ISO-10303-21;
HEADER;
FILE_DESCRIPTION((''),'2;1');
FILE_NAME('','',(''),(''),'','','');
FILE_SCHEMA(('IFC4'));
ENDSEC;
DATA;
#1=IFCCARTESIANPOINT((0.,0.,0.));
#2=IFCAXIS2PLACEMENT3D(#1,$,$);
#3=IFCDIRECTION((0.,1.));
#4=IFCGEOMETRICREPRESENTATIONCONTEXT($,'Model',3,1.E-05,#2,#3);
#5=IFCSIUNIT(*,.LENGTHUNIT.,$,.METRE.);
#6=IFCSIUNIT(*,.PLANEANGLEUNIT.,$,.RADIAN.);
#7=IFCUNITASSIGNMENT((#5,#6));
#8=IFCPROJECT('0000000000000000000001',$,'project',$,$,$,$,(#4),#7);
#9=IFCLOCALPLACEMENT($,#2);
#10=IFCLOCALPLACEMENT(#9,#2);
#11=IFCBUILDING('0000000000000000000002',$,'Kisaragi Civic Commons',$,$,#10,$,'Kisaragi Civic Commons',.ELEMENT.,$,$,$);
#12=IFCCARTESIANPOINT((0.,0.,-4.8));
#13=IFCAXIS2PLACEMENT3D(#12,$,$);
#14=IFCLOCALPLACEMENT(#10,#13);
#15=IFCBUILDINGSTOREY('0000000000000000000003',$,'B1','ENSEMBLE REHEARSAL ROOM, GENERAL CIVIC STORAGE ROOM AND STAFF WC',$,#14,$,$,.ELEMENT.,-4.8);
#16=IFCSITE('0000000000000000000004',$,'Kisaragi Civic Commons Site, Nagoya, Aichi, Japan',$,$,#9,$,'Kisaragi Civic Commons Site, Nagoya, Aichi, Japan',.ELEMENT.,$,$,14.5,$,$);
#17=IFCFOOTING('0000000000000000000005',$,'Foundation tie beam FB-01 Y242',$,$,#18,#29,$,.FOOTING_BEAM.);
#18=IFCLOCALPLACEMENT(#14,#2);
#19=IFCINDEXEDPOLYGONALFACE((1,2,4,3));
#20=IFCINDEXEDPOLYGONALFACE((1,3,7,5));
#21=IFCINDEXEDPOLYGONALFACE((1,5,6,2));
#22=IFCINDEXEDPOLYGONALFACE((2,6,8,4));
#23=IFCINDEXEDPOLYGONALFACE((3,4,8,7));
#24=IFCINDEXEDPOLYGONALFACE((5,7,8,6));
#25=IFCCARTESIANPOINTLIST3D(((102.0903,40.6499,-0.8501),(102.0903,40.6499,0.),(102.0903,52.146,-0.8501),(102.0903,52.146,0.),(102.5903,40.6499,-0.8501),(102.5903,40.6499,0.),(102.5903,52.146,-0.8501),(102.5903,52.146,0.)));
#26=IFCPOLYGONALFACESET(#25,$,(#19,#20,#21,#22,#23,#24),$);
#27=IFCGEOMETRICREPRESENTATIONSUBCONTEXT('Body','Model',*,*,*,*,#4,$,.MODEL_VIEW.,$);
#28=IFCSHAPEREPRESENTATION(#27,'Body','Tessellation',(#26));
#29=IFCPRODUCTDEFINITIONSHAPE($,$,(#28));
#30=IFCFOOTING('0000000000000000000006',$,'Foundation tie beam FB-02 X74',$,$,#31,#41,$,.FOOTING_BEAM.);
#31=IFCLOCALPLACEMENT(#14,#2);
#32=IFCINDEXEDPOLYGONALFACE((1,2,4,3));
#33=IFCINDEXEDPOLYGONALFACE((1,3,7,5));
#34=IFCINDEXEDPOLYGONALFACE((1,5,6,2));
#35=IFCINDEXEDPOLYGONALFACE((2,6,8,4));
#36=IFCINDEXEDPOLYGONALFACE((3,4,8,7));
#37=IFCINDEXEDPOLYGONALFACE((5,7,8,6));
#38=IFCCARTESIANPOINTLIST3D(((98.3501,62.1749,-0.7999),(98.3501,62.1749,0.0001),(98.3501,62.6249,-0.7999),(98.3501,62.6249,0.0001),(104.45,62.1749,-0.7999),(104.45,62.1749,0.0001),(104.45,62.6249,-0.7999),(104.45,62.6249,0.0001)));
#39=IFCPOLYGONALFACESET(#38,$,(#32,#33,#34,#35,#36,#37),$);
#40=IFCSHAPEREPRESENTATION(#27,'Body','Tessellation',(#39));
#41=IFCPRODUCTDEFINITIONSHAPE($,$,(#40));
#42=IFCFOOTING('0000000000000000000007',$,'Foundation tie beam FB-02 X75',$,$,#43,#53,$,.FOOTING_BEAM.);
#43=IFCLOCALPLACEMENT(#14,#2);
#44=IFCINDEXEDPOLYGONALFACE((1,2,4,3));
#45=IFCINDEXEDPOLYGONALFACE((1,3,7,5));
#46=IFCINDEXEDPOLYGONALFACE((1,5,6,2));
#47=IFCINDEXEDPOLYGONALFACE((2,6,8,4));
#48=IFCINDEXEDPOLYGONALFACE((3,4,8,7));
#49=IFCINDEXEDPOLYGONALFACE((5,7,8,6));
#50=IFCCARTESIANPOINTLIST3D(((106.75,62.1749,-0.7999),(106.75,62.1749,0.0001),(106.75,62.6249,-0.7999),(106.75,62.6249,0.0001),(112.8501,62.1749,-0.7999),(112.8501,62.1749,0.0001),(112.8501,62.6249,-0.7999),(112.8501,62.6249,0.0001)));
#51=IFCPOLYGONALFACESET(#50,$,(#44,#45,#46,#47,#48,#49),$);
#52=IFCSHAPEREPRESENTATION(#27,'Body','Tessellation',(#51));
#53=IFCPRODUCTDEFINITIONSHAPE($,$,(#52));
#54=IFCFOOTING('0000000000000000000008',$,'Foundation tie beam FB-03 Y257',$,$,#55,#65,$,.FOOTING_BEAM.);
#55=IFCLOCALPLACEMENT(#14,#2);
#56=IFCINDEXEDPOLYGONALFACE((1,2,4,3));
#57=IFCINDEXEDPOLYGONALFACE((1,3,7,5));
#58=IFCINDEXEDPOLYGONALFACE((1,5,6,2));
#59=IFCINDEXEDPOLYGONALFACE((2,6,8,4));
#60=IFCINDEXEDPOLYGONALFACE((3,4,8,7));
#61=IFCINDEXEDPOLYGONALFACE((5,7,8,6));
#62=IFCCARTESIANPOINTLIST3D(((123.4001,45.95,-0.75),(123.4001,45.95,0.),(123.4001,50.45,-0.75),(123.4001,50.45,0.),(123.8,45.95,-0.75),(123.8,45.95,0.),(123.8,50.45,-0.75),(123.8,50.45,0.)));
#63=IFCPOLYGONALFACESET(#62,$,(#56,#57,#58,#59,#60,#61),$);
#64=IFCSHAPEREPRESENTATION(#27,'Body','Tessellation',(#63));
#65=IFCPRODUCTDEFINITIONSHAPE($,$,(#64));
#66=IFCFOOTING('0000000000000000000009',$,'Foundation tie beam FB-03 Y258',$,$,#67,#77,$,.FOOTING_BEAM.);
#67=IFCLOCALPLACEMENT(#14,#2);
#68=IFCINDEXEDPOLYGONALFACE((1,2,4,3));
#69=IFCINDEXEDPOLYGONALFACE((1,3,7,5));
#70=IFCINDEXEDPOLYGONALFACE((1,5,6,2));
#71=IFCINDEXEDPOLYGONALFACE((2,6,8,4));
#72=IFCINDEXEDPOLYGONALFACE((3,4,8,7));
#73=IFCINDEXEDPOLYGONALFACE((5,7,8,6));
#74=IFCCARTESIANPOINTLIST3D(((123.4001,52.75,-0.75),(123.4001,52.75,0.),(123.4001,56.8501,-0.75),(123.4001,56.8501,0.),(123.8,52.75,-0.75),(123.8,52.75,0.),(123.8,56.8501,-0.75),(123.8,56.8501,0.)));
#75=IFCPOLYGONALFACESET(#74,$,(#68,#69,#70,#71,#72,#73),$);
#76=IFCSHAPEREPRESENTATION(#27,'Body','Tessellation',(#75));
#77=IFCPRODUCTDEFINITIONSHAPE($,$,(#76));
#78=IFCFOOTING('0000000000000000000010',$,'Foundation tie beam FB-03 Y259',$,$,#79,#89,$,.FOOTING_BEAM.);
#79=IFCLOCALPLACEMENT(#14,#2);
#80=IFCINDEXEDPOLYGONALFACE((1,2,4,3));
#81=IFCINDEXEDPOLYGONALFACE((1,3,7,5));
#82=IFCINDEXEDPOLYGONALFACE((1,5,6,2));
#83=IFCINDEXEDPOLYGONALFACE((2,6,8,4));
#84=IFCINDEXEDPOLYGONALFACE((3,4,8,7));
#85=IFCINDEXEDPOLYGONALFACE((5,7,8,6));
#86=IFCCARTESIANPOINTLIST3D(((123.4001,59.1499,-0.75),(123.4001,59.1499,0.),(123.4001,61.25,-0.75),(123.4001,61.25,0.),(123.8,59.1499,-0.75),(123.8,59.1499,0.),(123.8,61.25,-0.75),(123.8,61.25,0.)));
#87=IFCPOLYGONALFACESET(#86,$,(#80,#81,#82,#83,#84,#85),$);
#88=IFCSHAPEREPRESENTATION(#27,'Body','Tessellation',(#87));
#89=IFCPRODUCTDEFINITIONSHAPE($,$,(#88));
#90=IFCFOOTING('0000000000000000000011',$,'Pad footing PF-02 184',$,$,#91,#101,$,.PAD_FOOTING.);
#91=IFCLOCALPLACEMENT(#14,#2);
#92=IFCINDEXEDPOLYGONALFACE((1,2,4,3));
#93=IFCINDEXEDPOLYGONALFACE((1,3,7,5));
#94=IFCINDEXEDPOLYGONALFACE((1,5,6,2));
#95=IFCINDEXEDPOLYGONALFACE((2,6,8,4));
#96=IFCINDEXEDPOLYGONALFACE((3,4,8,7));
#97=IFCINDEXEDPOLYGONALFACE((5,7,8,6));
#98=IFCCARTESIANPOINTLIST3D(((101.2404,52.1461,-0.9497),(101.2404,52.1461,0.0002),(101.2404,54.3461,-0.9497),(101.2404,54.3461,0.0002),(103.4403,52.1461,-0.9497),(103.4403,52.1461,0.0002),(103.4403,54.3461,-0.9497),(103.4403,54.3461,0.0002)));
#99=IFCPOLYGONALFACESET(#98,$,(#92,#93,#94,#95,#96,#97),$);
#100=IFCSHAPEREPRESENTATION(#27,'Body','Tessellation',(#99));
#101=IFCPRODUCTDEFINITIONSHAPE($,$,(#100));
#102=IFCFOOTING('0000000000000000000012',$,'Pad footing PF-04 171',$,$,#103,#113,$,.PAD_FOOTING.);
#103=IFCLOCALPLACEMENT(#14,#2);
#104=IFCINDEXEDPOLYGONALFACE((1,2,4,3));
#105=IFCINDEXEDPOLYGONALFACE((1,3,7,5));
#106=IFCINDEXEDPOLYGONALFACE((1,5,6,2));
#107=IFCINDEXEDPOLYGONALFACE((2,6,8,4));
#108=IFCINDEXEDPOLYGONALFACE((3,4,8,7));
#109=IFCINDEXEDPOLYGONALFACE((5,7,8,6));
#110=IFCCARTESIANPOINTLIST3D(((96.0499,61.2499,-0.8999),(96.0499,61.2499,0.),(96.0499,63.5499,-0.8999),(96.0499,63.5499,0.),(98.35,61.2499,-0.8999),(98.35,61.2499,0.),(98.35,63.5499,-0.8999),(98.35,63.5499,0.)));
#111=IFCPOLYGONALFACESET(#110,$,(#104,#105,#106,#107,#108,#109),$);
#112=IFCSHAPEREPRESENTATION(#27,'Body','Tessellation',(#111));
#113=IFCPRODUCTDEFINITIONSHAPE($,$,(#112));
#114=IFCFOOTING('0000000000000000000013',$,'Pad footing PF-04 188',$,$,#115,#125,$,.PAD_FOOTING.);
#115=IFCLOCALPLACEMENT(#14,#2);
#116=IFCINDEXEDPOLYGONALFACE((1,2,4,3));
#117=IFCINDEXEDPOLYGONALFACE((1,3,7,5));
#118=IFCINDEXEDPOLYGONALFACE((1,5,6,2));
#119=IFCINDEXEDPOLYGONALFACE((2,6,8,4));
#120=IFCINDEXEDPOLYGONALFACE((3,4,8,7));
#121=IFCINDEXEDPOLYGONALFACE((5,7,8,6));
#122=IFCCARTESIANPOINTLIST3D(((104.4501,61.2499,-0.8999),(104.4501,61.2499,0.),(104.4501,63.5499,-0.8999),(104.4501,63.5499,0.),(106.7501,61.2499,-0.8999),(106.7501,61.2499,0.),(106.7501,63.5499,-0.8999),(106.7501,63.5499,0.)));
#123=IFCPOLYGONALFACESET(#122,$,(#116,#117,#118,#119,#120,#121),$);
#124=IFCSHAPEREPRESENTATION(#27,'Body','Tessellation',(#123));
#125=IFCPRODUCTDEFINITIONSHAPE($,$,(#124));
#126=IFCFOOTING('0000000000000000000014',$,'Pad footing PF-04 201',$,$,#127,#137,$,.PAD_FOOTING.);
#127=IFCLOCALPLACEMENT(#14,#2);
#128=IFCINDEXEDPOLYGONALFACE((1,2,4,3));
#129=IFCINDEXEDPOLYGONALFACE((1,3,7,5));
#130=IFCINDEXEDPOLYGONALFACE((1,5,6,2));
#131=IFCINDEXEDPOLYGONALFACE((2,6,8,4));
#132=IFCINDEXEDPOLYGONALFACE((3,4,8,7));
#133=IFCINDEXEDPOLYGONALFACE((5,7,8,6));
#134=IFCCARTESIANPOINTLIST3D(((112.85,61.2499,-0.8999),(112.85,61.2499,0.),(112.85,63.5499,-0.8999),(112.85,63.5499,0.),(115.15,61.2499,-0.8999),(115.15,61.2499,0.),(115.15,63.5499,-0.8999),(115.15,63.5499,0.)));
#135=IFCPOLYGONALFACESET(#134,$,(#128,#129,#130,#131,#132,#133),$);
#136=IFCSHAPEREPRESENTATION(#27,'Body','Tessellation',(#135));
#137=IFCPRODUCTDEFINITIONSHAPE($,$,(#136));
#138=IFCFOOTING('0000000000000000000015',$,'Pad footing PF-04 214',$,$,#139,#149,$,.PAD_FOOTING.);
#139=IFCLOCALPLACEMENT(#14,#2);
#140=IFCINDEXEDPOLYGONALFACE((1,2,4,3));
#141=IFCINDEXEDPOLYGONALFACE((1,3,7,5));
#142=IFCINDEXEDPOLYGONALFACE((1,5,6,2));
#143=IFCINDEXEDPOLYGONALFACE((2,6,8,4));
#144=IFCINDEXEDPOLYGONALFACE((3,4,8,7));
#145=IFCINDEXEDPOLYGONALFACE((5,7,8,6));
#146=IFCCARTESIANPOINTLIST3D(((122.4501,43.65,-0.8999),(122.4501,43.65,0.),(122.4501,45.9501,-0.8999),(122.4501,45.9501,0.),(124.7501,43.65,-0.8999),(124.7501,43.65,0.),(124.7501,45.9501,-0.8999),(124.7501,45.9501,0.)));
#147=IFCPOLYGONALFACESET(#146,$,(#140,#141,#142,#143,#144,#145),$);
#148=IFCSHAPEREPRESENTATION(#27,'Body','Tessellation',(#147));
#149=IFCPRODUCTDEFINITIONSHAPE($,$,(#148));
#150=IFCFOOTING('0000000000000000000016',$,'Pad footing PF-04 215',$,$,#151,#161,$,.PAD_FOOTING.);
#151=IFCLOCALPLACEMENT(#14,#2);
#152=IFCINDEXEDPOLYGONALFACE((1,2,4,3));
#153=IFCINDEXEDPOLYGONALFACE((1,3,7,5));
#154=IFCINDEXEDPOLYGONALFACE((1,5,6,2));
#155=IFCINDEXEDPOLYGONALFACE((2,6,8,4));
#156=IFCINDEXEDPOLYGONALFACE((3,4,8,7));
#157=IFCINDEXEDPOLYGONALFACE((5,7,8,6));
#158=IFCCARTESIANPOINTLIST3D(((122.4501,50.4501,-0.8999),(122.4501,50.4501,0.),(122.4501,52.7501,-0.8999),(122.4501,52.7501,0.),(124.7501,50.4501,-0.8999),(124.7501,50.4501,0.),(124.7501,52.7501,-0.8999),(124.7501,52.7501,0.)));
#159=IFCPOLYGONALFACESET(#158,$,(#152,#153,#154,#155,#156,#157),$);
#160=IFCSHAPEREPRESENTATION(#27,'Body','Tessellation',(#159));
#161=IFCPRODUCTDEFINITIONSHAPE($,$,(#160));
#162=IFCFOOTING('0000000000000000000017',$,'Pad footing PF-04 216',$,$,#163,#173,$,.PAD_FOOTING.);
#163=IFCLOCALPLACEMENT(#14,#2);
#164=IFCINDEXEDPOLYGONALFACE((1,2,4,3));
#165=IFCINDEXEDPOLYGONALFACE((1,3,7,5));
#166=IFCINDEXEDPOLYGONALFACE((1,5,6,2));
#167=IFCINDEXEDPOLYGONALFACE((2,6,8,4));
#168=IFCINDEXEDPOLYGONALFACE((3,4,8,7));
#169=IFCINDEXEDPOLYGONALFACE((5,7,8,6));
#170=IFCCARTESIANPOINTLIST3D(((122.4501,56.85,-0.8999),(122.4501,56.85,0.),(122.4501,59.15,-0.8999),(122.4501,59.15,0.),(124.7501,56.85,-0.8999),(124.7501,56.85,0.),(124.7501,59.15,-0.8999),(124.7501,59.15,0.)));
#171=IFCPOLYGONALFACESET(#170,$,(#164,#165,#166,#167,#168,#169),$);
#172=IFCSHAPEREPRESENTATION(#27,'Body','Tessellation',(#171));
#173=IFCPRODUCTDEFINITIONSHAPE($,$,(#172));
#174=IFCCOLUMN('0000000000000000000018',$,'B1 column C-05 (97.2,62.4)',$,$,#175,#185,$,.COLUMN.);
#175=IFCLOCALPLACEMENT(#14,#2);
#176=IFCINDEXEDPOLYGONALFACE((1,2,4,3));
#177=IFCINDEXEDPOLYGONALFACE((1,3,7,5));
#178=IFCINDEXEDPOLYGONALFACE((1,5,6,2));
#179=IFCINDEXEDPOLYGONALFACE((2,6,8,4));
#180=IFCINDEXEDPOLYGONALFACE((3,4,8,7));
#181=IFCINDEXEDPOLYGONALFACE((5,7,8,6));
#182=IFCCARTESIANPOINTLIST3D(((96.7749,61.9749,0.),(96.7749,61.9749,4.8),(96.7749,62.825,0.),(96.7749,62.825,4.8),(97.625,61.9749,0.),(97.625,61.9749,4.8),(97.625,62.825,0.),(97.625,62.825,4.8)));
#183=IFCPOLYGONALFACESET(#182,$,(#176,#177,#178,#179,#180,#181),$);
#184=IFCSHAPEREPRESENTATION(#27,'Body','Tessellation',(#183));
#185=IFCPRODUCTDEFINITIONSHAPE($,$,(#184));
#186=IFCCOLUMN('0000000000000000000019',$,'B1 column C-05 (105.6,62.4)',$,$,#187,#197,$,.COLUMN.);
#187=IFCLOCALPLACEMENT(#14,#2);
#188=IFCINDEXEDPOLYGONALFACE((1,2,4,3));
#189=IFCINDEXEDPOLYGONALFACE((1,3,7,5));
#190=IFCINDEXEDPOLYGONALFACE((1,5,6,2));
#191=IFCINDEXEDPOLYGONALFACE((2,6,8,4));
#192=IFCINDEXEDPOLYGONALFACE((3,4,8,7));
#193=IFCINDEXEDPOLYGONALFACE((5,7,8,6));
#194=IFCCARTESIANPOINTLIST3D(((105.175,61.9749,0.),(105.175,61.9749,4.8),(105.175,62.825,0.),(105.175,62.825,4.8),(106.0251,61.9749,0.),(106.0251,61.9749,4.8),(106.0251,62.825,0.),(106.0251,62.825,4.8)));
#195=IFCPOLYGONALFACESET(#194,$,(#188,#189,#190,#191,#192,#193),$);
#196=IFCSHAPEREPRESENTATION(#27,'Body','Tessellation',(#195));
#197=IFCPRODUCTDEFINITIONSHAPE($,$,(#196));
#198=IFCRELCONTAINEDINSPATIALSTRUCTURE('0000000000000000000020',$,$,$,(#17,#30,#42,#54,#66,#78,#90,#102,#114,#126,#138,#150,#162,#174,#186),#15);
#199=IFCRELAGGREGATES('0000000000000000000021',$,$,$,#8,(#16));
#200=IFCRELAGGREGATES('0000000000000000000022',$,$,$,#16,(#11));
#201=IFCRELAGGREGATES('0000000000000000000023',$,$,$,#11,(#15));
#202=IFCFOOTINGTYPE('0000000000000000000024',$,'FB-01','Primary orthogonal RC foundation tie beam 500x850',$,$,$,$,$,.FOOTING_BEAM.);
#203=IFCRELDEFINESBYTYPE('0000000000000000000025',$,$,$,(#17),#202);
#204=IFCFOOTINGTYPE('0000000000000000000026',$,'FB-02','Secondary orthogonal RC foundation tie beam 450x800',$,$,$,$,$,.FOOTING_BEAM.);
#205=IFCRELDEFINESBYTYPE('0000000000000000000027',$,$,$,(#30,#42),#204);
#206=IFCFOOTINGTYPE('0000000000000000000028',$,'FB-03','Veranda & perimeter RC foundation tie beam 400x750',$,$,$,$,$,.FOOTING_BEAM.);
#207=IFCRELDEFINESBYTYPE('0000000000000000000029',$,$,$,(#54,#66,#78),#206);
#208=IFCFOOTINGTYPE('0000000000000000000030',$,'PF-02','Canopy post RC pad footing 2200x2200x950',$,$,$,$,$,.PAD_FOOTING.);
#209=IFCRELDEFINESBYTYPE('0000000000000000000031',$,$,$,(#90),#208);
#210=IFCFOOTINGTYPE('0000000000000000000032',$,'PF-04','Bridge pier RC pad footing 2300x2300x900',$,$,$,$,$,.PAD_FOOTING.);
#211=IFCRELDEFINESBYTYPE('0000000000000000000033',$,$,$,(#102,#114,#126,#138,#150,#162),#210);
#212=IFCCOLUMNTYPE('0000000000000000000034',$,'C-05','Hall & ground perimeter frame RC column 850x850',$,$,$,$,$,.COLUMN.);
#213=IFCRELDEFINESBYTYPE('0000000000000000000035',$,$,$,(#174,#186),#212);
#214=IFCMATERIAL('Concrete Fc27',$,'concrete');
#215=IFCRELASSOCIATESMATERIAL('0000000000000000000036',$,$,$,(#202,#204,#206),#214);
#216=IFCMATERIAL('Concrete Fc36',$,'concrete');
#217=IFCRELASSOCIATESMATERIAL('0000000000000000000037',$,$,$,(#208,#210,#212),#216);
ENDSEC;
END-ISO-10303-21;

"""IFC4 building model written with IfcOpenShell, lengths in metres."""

from ifc_helpers import new_model, si_unit, direction, frame, origin, origin_2d, place, context, subcontext, project, spatial, rectangle, extrude, material, material_profile, profile_set, type_object, element, save


model = new_model("IFC4")

# Units and contexts
model_context = context("Model", 3, precision=1e-05, world=origin(), true_north=direction((0.0, 1.0)))
body_context = subcontext(model_context, "Body", "Model", "MODEL_VIEW")
ifc_project = project(units=[si_unit("LENGTHUNIT", "METRE"), si_unit("PLANEANGLEUNIT", "RADIAN")], contexts=[model_context])

# Site, building, storey
site_placement = place(None, origin())
site = spatial("IfcSite", under=ifc_project, at=site_placement, Name="Kisaragi Civic Commons Site, Nagoya, Aichi, Japan", LongName="Kisaragi Civic Commons Site, Nagoya, Aichi, Japan", CompositionType="ELEMENT", RefElevation=14.5)
building_placement = place(site_placement, origin())
building = spatial("IfcBuilding", under=site, at=building_placement, Name="Kisaragi Civic Commons", LongName="Kisaragi Civic Commons", CompositionType="ELEMENT")
storey_placement = place(building_placement, frame((0.0, 0.0, -4.8)))
storey = spatial("IfcBuildingStorey", under=building, at=storey_placement, Name="B1", Description="ENSEMBLE REHEARSAL ROOM, GENERAL CIVIC STORAGE ROOM AND STAFF WC", CompositionType="ELEMENT", Elevation=-4.8)

# Footings
ifc_material_1 = material(Name="Concrete Fc27", Category="concrete")
ifc_material_profile_1 = material_profile(ifc_material_1, rectangle(XDim=0.5, YDim=0.8501, at=origin_2d()), Name="RC-500x850", Category="concrete")
ifc_profile_set_1 = profile_set([ifc_material_profile_1], Name="Concrete Fc27")
footing_type_1 = type_object("IfcFootingType", Name="FB-01", Description="Primary orthogonal RC foundation tie beam 500x850", PredefinedType="FOOTING_BEAM", material=ifc_profile_set_1)
footing_1_placement = place(storey_placement, frame((102.3403, 40.6499, -0.425), z_axis=(0.0, 1.0, 0.0), x_axis=(-1.0, 0.0, 0.0)))
element("IfcFooting", 1, at=footing_1_placement, inside=storey, type_object=footing_type_1, Name="Foundation tie beam FB-01 Y242", PredefinedType="FOOTING_BEAM", context=body_context, shape_type="SweptSolid", body=[
    extrude(rectangle(XDim=0.5, YDim=0.8501, at=origin_2d()), origin(), (0.0, 0.0, 1.0), 11.4961),
])
ifc_material_profile_2 = material_profile(ifc_material_1, rectangle(XDim=0.45, YDim=0.8, at=origin_2d()), Name="RC-450x800", Category="concrete")
ifc_profile_set_2 = profile_set([ifc_material_profile_2], Name="Concrete Fc27")
footing_type_2 = type_object("IfcFootingType", Name="FB-02", Description="Secondary orthogonal RC foundation tie beam 450x800", PredefinedType="FOOTING_BEAM", material=ifc_profile_set_2)
footing_2_placement = place(storey_placement, frame((98.3501, 62.3999, -0.3999), z_axis=(1.0, 0.0, 0.0), x_axis=(0.0, 1.0, 0.0)))
element("IfcFooting", 2, at=footing_2_placement, inside=storey, type_object=footing_type_2, Name="Foundation tie beam FB-02 X74", PredefinedType="FOOTING_BEAM", context=body_context, shape_type="SweptSolid", body=[
    extrude(rectangle(XDim=0.45, YDim=0.8, at=origin_2d()), origin(), (0.0, 0.0, 1.0), 6.0999),
])
footing_3_placement = place(storey_placement, frame((106.75, 62.3999, -0.3999), z_axis=(1.0, 0.0, 0.0), x_axis=(0.0, 1.0, 0.0)))
element("IfcFooting", 3, at=footing_3_placement, inside=storey, type_object=footing_type_2, Name="Foundation tie beam FB-02 X75", PredefinedType="FOOTING_BEAM", context=body_context, shape_type="SweptSolid", body=[
    extrude(rectangle(XDim=0.45, YDim=0.8, at=origin_2d()), origin(), (0.0, 0.0, 1.0), 6.1001),
])
ifc_material_profile_3 = material_profile(ifc_material_1, rectangle(XDim=0.3999, YDim=0.75, at=origin_2d()), Name="RC-400x750", Category="concrete")
ifc_profile_set_3 = profile_set([ifc_material_profile_3], Name="Concrete Fc27")
footing_type_3 = type_object("IfcFootingType", Name="FB-03", Description="Veranda & perimeter RC foundation tie beam 400x750", PredefinedType="FOOTING_BEAM", material=ifc_profile_set_3)
footing_4_placement = place(storey_placement, frame((123.6001, 45.95, -0.375), z_axis=(0.0, 1.0, 0.0), x_axis=(-1.0, 0.0, 0.0)))
element("IfcFooting", 4, at=footing_4_placement, inside=storey, type_object=footing_type_3, Name="Foundation tie beam FB-03 Y257", PredefinedType="FOOTING_BEAM", context=body_context, shape_type="SweptSolid", body=[
    extrude(rectangle(XDim=0.3999, YDim=0.75, at=origin_2d()), origin(), (0.0, 0.0, 1.0), 4.5),
])
footing_5_placement = place(storey_placement, frame((123.6001, 52.75, -0.375), z_axis=(0.0, 1.0, 0.0), x_axis=(-1.0, 0.0, 0.0)))
element("IfcFooting", 5, at=footing_5_placement, inside=storey, type_object=footing_type_3, Name="Foundation tie beam FB-03 Y258", PredefinedType="FOOTING_BEAM", context=body_context, shape_type="SweptSolid", body=[
    extrude(rectangle(XDim=0.3999, YDim=0.75, at=origin_2d()), origin(), (0.0, 0.0, 1.0), 4.1001),
])
footing_6_placement = place(storey_placement, frame((123.6001, 59.1499, -0.375), z_axis=(0.0, 1.0, 0.0), x_axis=(-1.0, 0.0, 0.0)))
element("IfcFooting", 6, at=footing_6_placement, inside=storey, type_object=footing_type_3, Name="Foundation tie beam FB-03 Y259", PredefinedType="FOOTING_BEAM", context=body_context, shape_type="SweptSolid", body=[
    extrude(rectangle(XDim=0.3999, YDim=0.75, at=origin_2d()), origin(), (0.0, 0.0, 1.0), 2.1001),
])
ifc_material_2 = material(Name="Concrete Fc36", Category="concrete")
footing_type_4 = type_object("IfcFootingType", Name="PF-02", Description="Canopy post RC pad footing 2200x2200x950", PredefinedType="PAD_FOOTING", material=ifc_material_2)
footing_7_placement = place(storey_placement, frame((102.3403, 53.2461, -0.9497), z_axis=(0.0, 0.0, 1.0), x_axis=(1.0, 0.0, 0.0)))
element("IfcFooting", 7, at=footing_7_placement, inside=storey, type_object=footing_type_4, Name="Pad footing PF-02 184", PredefinedType="PAD_FOOTING", context=body_context, shape_type="SweptSolid", body=[
    extrude(rectangle(XDim=2.2, YDim=2.2, at=origin_2d()), origin(), (0.0, 0.0, 1.0), 0.95),
])
footing_type_5 = type_object("IfcFootingType", Name="PF-04", Description="Bridge pier RC pad footing 2300x2300x900", PredefinedType="PAD_FOOTING", material=ifc_material_2)
for number, where, z_axis, x_axis, name in (
    (8, (97.2, 62.3999, -0.8999), (0.0, 0.0, 1.0), (1.0, 0.0, 0.0), "Pad footing PF-04 171"),
    (9, (105.6001, 62.3999, -0.8999), (0.0, 0.0, 1.0), (1.0, 0.0, 0.0), "Pad footing PF-04 188"),
    (10, (114.0, 62.3999, -0.8999), (0.0, 0.0, 1.0), (1.0, 0.0, 0.0), "Pad footing PF-04 201"),
    (11, (123.6001, 44.8, -0.8999), (0.0, 0.0, 1.0), (1.0, 0.0, 0.0), "Pad footing PF-04 214"),
    (12, (123.6001, 51.6001, -0.8999), (0.0, 0.0, 1.0), (1.0, 0.0, 0.0), "Pad footing PF-04 215"),
    (13, (123.6001, 58.0, -0.8999), (0.0, 0.0, 1.0), (1.0, 0.0, 0.0), "Pad footing PF-04 216"),
):
    element("IfcFooting", number, at=place(storey_placement, frame(where, z_axis=z_axis, x_axis=x_axis)), inside=storey, type_object=footing_type_5, Name=name, PredefinedType="PAD_FOOTING", context=body_context, shape_type="SweptSolid", body=[
        extrude(rectangle(XDim=2.3, YDim=2.3, at=origin_2d()), origin(), (0.0, 0.0, 1.0), 0.8999),
    ])

# Columns
ifc_material_profile_4 = material_profile(ifc_material_2, rectangle(XDim=0.8501, YDim=0.8501, at=origin_2d()), Name="RC-850x850", Category="concrete")
ifc_profile_set_4 = profile_set([ifc_material_profile_4], Name="Concrete Fc36")
column_type_1 = type_object("IfcColumnType", Name="C-05", Description="Hall & ground perimeter frame RC column 850x850", PredefinedType="COLUMN", material=ifc_profile_set_4)
for number, where, z_axis, x_axis, name in (
    (14, (97.2, 62.3999, 0.0), (0.0, 0.0, 1.0), (1.0, 0.0, 0.0), "B1 column C-05 (97.2,62.4)"),
    (15, (105.6001, 62.3999, 0.0), (0.0, 0.0, 1.0), (1.0, 0.0, 0.0), "B1 column C-05 (105.6,62.4)"),
):
    element("IfcColumn", number, at=place(storey_placement, frame(where, z_axis=z_axis, x_axis=x_axis)), inside=storey, type_object=column_type_1, Name=name, PredefinedType="COLUMN", context=body_context, shape_type="SweptSolid", body=[
        extrude(rectangle(XDim=0.8501, YDim=0.8501, at=origin_2d()), origin(), (0.0, 0.0, 1.0), 4.8),
    ])

save(model, "model.ifc")
